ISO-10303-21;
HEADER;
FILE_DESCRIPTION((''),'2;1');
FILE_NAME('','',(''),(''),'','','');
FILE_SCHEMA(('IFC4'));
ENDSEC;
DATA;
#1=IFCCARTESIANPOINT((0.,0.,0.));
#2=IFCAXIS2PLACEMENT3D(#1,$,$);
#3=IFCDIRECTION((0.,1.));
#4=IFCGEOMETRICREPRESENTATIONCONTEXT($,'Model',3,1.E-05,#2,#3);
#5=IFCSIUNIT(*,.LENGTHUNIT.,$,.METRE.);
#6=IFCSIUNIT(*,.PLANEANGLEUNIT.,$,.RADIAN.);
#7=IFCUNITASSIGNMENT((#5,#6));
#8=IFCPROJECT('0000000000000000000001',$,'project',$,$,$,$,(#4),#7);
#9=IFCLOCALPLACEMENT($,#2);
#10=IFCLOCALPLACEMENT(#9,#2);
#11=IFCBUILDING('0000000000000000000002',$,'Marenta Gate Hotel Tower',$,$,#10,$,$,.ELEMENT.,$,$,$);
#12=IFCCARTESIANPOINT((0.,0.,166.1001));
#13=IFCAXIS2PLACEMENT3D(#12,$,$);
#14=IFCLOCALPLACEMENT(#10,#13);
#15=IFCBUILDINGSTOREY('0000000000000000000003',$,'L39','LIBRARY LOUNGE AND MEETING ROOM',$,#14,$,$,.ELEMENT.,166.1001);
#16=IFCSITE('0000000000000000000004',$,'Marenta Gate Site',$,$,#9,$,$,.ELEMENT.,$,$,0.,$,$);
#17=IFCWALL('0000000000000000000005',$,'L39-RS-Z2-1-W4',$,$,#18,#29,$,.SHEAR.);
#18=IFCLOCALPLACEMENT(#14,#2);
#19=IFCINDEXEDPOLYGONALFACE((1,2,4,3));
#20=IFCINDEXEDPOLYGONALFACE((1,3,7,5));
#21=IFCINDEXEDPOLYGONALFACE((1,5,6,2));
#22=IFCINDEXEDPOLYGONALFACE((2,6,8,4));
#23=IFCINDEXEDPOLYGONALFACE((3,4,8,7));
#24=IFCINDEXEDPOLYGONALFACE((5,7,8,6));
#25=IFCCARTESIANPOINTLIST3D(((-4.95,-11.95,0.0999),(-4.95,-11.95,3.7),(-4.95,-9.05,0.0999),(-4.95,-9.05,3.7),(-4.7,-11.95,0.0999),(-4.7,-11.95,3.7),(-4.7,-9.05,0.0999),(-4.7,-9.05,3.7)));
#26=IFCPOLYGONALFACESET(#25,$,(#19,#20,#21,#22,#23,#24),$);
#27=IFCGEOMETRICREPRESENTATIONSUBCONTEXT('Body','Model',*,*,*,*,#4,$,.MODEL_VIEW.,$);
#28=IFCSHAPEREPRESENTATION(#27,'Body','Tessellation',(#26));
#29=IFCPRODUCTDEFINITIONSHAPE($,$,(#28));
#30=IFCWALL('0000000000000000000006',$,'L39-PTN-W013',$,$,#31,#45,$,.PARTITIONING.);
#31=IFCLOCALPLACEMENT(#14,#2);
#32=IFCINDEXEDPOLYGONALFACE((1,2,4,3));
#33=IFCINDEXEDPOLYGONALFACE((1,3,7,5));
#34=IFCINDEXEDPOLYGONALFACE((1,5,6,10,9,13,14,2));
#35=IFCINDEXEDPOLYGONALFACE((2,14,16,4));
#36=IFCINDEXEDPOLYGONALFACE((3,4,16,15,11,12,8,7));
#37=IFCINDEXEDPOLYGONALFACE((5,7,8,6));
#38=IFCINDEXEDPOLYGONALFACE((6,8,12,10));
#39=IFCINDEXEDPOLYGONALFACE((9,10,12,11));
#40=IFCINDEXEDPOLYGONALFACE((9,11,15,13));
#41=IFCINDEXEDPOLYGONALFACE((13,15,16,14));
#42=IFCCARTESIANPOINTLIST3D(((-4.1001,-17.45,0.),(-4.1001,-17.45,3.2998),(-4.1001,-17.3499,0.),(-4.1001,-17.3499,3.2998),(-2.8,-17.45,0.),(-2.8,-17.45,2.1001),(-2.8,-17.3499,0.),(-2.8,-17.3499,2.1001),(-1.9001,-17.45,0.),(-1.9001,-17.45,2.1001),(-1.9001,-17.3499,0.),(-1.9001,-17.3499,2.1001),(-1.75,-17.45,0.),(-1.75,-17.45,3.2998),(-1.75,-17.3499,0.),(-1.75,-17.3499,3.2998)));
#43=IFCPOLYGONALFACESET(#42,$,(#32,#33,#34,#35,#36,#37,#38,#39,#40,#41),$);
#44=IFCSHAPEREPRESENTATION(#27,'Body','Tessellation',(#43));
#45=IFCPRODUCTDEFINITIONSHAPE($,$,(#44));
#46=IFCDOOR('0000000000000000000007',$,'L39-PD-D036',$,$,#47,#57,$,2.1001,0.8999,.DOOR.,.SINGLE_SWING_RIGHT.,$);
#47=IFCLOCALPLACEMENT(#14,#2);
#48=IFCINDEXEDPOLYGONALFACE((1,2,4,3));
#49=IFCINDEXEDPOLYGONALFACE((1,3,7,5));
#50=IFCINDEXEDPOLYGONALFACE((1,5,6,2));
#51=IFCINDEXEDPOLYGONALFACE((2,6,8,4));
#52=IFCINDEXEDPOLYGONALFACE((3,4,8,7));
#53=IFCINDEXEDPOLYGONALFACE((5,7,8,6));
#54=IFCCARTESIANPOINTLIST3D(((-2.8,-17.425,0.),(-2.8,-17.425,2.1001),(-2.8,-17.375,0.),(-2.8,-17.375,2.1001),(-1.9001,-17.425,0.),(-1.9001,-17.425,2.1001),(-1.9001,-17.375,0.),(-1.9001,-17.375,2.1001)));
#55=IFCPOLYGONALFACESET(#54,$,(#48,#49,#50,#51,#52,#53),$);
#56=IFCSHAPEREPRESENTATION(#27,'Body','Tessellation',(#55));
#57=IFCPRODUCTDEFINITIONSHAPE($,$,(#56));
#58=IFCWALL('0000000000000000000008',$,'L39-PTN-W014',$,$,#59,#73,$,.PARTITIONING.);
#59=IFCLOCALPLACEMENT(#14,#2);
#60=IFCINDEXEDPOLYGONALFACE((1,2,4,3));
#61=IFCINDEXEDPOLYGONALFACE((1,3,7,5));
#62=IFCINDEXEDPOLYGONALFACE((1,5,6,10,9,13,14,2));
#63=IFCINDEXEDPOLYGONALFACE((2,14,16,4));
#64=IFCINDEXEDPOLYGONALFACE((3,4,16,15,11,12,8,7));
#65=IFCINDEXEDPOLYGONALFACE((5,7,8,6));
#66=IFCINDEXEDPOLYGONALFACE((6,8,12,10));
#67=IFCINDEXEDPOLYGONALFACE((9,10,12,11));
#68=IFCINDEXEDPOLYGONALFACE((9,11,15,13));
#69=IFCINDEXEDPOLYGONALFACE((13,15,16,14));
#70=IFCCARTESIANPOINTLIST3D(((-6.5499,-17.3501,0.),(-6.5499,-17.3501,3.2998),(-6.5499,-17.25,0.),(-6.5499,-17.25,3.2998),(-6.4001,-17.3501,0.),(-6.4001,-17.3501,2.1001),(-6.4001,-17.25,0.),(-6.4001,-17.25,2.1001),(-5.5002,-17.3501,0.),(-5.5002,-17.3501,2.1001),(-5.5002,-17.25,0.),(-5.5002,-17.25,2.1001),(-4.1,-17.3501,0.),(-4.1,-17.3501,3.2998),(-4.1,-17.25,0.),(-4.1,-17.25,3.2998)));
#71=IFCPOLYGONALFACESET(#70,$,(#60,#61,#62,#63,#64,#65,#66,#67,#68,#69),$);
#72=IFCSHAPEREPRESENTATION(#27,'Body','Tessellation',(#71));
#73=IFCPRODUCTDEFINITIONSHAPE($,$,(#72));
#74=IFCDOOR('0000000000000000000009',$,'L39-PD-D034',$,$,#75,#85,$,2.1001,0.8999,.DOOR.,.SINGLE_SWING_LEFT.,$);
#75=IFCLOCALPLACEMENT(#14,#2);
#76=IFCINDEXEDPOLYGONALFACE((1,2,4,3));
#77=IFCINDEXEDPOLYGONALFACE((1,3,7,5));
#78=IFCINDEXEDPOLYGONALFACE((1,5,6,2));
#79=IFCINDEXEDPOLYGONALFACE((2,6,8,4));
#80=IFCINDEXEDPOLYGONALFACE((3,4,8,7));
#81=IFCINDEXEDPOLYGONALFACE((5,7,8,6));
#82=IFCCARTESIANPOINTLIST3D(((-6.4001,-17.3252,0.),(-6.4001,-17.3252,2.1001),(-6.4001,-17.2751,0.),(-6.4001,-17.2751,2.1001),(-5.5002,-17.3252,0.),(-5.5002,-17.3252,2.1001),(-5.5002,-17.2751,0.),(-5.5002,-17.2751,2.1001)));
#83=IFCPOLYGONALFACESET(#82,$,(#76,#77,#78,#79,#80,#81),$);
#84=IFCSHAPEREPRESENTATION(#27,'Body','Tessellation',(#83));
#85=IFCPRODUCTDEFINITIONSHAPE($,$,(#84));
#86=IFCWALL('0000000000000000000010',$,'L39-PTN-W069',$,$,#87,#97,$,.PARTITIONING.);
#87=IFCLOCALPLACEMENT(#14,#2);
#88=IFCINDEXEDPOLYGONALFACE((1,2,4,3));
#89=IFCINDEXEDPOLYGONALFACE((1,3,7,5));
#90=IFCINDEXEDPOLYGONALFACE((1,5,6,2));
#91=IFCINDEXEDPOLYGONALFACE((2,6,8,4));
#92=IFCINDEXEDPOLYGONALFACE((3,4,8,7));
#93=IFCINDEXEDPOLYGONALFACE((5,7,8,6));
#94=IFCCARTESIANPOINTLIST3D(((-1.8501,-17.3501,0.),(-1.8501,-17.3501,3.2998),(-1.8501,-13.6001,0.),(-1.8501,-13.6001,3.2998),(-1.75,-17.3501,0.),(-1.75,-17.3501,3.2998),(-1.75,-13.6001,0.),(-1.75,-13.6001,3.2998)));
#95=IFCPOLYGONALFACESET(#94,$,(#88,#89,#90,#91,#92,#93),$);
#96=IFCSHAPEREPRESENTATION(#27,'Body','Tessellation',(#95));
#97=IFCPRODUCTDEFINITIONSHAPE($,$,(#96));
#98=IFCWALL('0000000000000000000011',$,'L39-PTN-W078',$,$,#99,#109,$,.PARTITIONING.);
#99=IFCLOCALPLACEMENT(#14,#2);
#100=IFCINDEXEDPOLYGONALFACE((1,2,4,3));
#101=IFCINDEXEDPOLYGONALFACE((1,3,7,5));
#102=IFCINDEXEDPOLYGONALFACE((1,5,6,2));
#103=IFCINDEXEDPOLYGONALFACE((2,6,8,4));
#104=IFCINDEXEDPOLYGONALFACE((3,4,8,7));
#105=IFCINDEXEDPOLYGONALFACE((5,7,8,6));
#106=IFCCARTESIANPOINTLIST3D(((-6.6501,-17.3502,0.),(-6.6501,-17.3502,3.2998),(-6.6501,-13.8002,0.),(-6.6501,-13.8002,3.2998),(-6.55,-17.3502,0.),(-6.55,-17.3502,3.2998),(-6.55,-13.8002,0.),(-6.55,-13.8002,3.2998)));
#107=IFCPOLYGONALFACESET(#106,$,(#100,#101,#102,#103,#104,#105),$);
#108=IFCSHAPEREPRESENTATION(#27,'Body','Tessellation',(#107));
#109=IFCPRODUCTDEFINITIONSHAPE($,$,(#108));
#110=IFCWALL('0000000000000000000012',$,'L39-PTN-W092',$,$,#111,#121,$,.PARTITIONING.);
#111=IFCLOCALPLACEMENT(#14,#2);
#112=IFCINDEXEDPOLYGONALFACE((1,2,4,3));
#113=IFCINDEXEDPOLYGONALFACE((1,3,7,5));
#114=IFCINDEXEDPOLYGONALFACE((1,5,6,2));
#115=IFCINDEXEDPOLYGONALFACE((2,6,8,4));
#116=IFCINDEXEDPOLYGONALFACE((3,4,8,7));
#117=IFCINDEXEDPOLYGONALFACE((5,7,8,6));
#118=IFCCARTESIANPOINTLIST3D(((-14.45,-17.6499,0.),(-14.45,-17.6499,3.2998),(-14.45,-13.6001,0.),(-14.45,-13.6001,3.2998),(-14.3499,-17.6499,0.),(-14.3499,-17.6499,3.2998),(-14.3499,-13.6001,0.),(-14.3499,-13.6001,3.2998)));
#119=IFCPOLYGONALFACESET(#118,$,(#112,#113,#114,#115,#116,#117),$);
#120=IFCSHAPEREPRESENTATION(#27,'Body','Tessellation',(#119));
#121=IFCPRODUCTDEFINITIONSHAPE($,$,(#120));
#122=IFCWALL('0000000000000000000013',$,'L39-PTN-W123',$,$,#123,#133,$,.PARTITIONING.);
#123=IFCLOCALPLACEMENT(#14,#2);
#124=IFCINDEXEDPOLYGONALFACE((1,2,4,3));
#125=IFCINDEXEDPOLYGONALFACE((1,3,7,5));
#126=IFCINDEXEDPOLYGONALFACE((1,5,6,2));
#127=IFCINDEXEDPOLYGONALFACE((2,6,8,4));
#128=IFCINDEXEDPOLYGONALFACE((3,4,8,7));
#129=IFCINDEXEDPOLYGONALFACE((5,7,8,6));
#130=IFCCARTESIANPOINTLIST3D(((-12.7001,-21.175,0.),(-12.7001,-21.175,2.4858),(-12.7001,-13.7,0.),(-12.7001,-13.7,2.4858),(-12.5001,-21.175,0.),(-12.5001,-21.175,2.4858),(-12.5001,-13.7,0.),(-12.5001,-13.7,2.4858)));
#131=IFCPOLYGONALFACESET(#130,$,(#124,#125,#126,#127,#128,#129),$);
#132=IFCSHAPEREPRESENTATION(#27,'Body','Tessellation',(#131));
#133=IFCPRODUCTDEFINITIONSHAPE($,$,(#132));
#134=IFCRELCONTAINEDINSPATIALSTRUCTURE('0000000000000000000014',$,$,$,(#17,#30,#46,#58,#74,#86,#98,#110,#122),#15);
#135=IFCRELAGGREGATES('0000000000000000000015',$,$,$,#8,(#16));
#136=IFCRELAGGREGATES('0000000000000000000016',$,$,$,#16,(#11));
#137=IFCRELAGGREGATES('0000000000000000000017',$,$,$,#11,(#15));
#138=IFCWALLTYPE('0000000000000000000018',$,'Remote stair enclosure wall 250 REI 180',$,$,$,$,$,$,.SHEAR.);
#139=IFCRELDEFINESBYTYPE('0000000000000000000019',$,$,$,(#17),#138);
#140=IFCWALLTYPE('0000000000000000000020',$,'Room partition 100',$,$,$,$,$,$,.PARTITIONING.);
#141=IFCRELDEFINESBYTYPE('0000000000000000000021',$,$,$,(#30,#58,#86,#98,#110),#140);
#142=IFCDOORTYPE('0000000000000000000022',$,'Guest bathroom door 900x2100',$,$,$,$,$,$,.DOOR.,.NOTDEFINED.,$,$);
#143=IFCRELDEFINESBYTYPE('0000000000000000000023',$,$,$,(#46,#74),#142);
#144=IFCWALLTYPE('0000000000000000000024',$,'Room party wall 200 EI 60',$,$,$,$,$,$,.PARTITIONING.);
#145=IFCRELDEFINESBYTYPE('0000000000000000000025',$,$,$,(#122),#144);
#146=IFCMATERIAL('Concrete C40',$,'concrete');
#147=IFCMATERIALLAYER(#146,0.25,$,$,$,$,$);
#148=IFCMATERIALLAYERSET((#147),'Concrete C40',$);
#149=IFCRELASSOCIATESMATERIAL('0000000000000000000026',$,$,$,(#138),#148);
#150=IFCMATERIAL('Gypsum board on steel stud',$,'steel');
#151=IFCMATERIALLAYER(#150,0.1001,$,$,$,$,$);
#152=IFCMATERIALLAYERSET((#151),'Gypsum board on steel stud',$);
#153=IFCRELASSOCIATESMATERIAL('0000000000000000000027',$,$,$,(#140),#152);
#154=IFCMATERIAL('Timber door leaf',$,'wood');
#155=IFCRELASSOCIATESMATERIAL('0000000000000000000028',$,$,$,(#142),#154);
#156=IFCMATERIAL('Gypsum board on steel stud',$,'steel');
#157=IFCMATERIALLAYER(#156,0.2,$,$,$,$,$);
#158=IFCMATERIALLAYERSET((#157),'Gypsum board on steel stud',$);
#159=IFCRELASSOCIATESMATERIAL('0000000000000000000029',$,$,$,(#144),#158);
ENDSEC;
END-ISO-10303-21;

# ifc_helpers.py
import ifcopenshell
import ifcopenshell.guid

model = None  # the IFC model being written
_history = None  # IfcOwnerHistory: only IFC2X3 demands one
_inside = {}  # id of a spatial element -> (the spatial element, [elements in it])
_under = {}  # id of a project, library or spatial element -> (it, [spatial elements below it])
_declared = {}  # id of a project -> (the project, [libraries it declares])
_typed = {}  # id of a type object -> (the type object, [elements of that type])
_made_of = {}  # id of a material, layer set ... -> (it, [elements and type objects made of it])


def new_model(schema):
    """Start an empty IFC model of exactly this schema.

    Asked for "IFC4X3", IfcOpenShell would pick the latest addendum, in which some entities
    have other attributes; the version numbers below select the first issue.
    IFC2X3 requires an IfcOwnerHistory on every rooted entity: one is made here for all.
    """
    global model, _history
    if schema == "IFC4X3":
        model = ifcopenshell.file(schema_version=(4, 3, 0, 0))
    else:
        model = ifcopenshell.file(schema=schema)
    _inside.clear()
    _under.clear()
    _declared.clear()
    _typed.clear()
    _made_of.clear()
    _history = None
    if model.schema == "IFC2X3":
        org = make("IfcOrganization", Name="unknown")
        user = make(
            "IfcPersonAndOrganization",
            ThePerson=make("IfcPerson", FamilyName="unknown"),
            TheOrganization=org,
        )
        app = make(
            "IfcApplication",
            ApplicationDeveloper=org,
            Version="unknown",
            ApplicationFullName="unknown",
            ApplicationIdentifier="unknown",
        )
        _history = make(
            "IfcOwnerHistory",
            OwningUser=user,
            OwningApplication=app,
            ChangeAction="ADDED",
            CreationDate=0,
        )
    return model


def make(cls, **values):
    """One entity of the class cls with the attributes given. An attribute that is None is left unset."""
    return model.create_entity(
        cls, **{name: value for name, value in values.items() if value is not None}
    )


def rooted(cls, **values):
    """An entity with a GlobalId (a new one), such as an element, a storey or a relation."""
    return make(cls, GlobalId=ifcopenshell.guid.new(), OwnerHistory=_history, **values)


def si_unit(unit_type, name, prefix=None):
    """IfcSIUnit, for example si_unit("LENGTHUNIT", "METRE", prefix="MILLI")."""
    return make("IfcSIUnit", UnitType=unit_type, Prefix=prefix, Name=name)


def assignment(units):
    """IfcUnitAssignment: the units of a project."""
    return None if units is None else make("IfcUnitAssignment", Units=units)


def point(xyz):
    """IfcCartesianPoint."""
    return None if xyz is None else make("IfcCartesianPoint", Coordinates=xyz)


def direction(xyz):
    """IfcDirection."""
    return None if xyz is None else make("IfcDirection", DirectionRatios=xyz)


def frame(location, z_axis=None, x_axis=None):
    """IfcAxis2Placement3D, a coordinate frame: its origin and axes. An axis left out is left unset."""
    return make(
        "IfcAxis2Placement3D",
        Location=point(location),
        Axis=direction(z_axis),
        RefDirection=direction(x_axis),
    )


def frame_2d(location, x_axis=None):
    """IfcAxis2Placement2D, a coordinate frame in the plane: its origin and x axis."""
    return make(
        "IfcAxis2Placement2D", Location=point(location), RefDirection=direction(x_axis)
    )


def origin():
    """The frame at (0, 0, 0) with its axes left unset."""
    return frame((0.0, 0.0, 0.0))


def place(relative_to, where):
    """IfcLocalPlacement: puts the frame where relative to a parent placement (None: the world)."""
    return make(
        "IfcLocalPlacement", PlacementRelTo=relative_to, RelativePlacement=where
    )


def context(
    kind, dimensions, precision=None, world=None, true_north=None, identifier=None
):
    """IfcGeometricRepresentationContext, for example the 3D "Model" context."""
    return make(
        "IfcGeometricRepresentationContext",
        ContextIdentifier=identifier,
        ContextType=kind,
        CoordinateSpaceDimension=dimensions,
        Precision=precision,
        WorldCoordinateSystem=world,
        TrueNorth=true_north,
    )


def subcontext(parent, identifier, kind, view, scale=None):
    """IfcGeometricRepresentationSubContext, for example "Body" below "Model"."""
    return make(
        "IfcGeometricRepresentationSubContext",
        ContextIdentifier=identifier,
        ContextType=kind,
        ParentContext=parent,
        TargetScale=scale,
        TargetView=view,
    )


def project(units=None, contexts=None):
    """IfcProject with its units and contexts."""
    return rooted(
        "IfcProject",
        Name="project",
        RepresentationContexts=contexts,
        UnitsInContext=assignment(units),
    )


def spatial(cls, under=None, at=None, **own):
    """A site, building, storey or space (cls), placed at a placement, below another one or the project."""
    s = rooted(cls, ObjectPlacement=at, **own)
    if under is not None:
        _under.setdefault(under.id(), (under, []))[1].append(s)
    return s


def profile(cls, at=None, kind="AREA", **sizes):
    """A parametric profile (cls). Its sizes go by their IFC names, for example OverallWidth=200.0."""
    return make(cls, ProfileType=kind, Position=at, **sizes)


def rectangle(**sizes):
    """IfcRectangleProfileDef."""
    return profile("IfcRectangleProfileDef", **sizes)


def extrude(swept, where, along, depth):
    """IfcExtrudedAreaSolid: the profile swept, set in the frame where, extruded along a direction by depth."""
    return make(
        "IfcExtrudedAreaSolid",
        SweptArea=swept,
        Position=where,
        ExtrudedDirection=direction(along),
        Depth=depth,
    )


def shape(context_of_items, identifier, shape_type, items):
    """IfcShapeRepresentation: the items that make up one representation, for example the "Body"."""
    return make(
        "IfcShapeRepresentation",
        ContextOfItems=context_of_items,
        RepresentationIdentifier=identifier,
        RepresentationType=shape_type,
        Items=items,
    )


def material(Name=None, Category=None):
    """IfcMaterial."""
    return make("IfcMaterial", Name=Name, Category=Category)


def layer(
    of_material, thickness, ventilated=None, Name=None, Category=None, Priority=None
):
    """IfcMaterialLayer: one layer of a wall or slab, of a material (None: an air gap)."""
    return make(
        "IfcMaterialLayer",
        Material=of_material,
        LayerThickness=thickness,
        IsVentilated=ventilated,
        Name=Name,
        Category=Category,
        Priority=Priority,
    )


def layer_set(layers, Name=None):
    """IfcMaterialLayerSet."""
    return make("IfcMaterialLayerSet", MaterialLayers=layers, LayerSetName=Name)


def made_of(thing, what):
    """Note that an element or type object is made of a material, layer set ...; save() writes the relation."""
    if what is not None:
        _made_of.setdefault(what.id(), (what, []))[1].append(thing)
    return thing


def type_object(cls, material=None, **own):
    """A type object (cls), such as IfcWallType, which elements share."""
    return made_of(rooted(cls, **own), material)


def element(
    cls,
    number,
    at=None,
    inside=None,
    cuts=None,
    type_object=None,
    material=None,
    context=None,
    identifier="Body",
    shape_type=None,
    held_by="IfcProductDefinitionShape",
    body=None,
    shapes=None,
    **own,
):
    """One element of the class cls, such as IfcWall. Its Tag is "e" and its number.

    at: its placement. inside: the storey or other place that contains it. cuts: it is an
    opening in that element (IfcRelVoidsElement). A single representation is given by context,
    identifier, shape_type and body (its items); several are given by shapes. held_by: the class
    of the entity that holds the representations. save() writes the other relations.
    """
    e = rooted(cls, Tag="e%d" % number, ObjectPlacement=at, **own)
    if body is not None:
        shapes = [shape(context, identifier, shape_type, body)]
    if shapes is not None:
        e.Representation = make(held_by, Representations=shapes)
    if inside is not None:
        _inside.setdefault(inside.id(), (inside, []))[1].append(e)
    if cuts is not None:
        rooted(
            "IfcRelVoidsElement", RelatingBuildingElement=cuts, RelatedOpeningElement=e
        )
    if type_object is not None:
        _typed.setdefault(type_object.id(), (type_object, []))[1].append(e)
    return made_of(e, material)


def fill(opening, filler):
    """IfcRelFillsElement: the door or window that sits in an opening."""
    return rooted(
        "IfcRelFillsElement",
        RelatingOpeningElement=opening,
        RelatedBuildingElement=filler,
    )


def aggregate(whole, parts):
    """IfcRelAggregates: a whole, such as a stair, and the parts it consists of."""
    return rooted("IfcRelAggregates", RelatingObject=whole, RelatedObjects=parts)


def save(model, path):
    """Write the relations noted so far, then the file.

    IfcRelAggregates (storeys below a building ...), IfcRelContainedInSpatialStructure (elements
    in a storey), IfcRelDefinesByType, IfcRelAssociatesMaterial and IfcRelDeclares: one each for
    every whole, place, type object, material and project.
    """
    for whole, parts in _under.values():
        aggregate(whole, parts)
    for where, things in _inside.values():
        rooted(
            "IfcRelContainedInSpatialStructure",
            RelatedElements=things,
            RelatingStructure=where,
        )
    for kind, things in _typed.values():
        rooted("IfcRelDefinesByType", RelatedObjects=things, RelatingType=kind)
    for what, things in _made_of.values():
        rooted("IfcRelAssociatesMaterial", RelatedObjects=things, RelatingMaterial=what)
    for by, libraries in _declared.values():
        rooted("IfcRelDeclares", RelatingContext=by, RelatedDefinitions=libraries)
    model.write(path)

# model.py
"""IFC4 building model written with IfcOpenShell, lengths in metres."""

from ifc_helpers import new_model, si_unit, direction, frame, frame_2d, origin, place, context, subcontext, project, spatial, rectangle, extrude, material, layer, layer_set, type_object, element, fill, save


model = new_model("IFC4")

# Units and contexts
model_context = context("Model", 3, precision=1e-05, world=origin(), true_north=direction((0.0, 1.0)))
body_context = subcontext(model_context, "Body", "Model", "MODEL_VIEW")
ifc_project = project(units=[si_unit("LENGTHUNIT", "METRE"), si_unit("PLANEANGLEUNIT", "RADIAN")], contexts=[model_context])

# Site, building, storey
site_placement = place(None, origin())
site = spatial("IfcSite", under=ifc_project, at=site_placement, Name="Marenta Gate Site", CompositionType="ELEMENT", RefElevation=0.0)
building_placement = place(site_placement, origin())
building = spatial("IfcBuilding", under=site, at=building_placement, Name="Marenta Gate Hotel Tower", CompositionType="ELEMENT")
storey_placement = place(building_placement, frame((0.0, 0.0, 166.1001)))
storey = spatial("IfcBuildingStorey", under=building, at=storey_placement, Name="L39", Description="LIBRARY LOUNGE AND MEETING ROOM", CompositionType="ELEMENT", Elevation=166.1001)

# Wall
ifc_material_1 = material(Name="Concrete C40", Category="concrete")
ifc_layer_1 = layer(ifc_material_1, 0.25)
ifc_layer_set_1 = layer_set([ifc_layer_1], Name="Concrete C40")
wall_type_1 = type_object("IfcWallType", Name="Remote stair enclosure wall 250 REI 180", PredefinedType="SHEAR", material=ifc_layer_set_1)
for number, where, z_axis, x_axis, name in (
    (1, (-4.825, -11.95, 0.0999), (0.0, 0.0, 1.0), (0.0, 1.0, 0.0), "L39-RS-Z2-1-W4"),
):
    element("IfcWall", number, at=place(storey_placement, frame(where, z_axis=z_axis, x_axis=x_axis)), inside=storey, type_object=wall_type_1, Name=name, PredefinedType="SHEAR", context=body_context, shape_type="SweptSolid", body=[
        extrude(rectangle(XDim=2.8999, YDim=0.25, at=frame_2d((1.45, 0.0))), origin(), (0.0, 0.0, 1.0), 3.6001),
    ])

# Walls, openings, doors
ifc_material_2 = material(Name="Gypsum board on steel stud", Category="steel")
ifc_layer_2 = layer(ifc_material_2, 0.1001)
ifc_layer_set_2 = layer_set([ifc_layer_2], Name="Gypsum board on steel stud")
wall_type_2 = type_object("IfcWallType", Name="Room partition 100", PredefinedType="PARTITIONING", material=ifc_layer_set_2)
wall_1_placement = place(storey_placement, frame((-4.1001, -17.3999, 0.0), z_axis=(0.0, 0.0, 1.0), x_axis=(1.0, 0.0, 0.0)))
wall_1 = element("IfcWall", 2, at=wall_1_placement, inside=storey, type_object=wall_type_2, Name="L39-PTN-W013", PredefinedType="PARTITIONING", context=body_context, shape_type="SweptSolid", body=[
    extrude(rectangle(XDim=2.3501, YDim=0.1001, at=frame_2d((1.175, 0.0))), origin(), (0.0, 0.0, 1.0), 3.2998),
])
opening_1_placement = place(wall_1_placement, frame((1.3, 0.0, 0.0)))
opening_1 = element("IfcOpeningElement", 3, at=opening_1_placement, cuts=wall_1, PredefinedType="OPENING", context=body_context, shape_type="SweptSolid", body=[
    extrude(rectangle(XDim=0.8999, YDim=2.1001, at=frame_2d((0.45, 1.05))), frame((0.0, 0.05, 0.0), z_axis=(0.0, -1.0, 0.0), x_axis=(1.0, 0.0, 0.0)), (0.0, 0.0, 1.0), 0.1001),
])
ifc_material_3 = material(Name="Timber door leaf", Category="wood")
door_type_1 = type_object("IfcDoorType", Name="Guest bathroom door 900x2100", OperationType="NOTDEFINED", PredefinedType="DOOR", material=ifc_material_3)
door_1_placement = place(opening_1_placement, origin())
door_1 = element("IfcDoor", 4, at=door_1_placement, inside=storey, type_object=door_type_1, Name="L39-PD-D036", OperationType="SINGLE_SWING_RIGHT", OverallHeight=2.1001, OverallWidth=0.8999, PredefinedType="DOOR", context=body_context, shape_type="SweptSolid", body=[
    extrude(rectangle(XDim=0.8999, YDim=2.1001, at=frame_2d((0.45, 1.05))), frame((0.0, 0.0249, 0.0), z_axis=(0.0, -1.0, 0.0), x_axis=(1.0, 0.0, 0.0)), (0.0, 0.0, 1.0), 0.05),
])
fill(opening_1, door_1)
wall_2_placement = place(storey_placement, frame((-6.55, -17.3, 0.0), z_axis=(0.0, 0.0, 1.0), x_axis=(1.0, 0.0, 0.0)))
wall_2 = element("IfcWall", 5, at=wall_2_placement, inside=storey, type_object=wall_type_2, Name="L39-PTN-W014", PredefinedType="PARTITIONING", context=body_context, shape_type="SweptSolid", body=[
    extrude(rectangle(XDim=2.45, YDim=0.1001, at=frame_2d((1.2251, 0.0))), origin(), (0.0, 0.0, 1.0), 3.2998),
])
opening_2_placement = place(wall_2_placement, frame((0.1499, 0.0, 0.0)))
opening_2 = element("IfcOpeningElement", 6, at=opening_2_placement, cuts=wall_2, PredefinedType="OPENING", context=body_context, shape_type="SweptSolid", body=[
    extrude(rectangle(XDim=0.8999, YDim=2.1001, at=frame_2d((0.45, 1.05))), frame((0.0, 0.05, 0.0), z_axis=(0.0, -1.0, 0.0), x_axis=(1.0, 0.0, 0.0)), (0.0, 0.0, 1.0), 0.1001),
])
door_2_placement = place(opening_2_placement, origin())
door_2 = element("IfcDoor", 7, at=door_2_placement, inside=storey, type_object=door_type_1, Name="L39-PD-D034", OperationType="SINGLE_SWING_LEFT", OverallHeight=2.1001, OverallWidth=0.8999, PredefinedType="DOOR", context=body_context, shape_type="SweptSolid", body=[
    extrude(rectangle(XDim=0.8999, YDim=2.1001, at=frame_2d((0.45, 1.05))), frame((0.0, 0.0249, 0.0), z_axis=(0.0, -1.0, 0.0), x_axis=(1.0, 0.0, 0.0)), (0.0, 0.0, 1.0), 0.05),
])
fill(opening_2, door_2)

# Walls
wall_3_placement = place(storey_placement, frame((-1.8, -17.3501, 0.0), z_axis=(0.0, 0.0, 1.0), x_axis=(0.0, 1.0, 0.0)))
element("IfcWall", 8, at=wall_3_placement, inside=storey, type_object=wall_type_2, Name="L39-PTN-W069", PredefinedType="PARTITIONING", context=body_context, shape_type="SweptSolid", body=[
    extrude(rectangle(XDim=3.75, YDim=0.1001, at=frame_2d((1.875, 0.0))), origin(), (0.0, 0.0, 1.0), 3.2998),
])
wall_4_placement = place(storey_placement, frame((-6.6001, -17.3501, 0.0), z_axis=(0.0, 0.0, 1.0), x_axis=(0.0, 1.0, 0.0)))
element("IfcWall", 9, at=wall_4_placement, inside=storey, type_object=wall_type_2, Name="L39-PTN-W078", PredefinedType="PARTITIONING", context=body_context, shape_type="SweptSolid", body=[
    extrude(rectangle(XDim=3.55, YDim=0.1001, at=frame_2d((1.7749, 0.0))), origin(), (0.0, 0.0, 1.0), 3.2998),
])
wall_5_placement = place(storey_placement, frame((-14.3999, -17.6499, 0.0), z_axis=(0.0, 0.0, 1.0), x_axis=(0.0, 1.0, 0.0)))
element("IfcWall", 10, at=wall_5_placement, inside=storey, type_object=wall_type_2, Name="L39-PTN-W092", PredefinedType="PARTITIONING", context=body_context, shape_type="SweptSolid", body=[
    extrude(rectangle(XDim=4.0498, YDim=0.1001, at=frame_2d((2.0249, 0.0))), origin(), (0.0, 0.0, 1.0), 3.2998),
])
ifc_material_4 = material(Name="Gypsum board on steel stud", Category="steel")
ifc_layer_3 = layer(ifc_material_4, 0.2)
ifc_layer_set_3 = layer_set([ifc_layer_3], Name="Gypsum board on steel stud")
wall_type_3 = type_object("IfcWallType", Name="Room party wall 200 EI 60", PredefinedType="PARTITIONING", material=ifc_layer_set_3)
wall_6_placement = place(storey_placement, frame((-12.6001, -21.175, 0.0), z_axis=(0.0, 0.0, 1.0), x_axis=(0.0, 1.0, 0.0)))
element("IfcWall", 11, at=wall_6_placement, inside=storey, type_object=wall_type_3, Name="L39-PTN-W123", PredefinedType="PARTITIONING", context=body_context, shape_type="SweptSolid", body=[
    extrude(rectangle(XDim=7.4751, YDim=0.2, at=frame_2d((3.7375, 0.0))), origin(), (0.0, 0.0, 1.0), 2.4858),
])

save(model, "model.ifc")
